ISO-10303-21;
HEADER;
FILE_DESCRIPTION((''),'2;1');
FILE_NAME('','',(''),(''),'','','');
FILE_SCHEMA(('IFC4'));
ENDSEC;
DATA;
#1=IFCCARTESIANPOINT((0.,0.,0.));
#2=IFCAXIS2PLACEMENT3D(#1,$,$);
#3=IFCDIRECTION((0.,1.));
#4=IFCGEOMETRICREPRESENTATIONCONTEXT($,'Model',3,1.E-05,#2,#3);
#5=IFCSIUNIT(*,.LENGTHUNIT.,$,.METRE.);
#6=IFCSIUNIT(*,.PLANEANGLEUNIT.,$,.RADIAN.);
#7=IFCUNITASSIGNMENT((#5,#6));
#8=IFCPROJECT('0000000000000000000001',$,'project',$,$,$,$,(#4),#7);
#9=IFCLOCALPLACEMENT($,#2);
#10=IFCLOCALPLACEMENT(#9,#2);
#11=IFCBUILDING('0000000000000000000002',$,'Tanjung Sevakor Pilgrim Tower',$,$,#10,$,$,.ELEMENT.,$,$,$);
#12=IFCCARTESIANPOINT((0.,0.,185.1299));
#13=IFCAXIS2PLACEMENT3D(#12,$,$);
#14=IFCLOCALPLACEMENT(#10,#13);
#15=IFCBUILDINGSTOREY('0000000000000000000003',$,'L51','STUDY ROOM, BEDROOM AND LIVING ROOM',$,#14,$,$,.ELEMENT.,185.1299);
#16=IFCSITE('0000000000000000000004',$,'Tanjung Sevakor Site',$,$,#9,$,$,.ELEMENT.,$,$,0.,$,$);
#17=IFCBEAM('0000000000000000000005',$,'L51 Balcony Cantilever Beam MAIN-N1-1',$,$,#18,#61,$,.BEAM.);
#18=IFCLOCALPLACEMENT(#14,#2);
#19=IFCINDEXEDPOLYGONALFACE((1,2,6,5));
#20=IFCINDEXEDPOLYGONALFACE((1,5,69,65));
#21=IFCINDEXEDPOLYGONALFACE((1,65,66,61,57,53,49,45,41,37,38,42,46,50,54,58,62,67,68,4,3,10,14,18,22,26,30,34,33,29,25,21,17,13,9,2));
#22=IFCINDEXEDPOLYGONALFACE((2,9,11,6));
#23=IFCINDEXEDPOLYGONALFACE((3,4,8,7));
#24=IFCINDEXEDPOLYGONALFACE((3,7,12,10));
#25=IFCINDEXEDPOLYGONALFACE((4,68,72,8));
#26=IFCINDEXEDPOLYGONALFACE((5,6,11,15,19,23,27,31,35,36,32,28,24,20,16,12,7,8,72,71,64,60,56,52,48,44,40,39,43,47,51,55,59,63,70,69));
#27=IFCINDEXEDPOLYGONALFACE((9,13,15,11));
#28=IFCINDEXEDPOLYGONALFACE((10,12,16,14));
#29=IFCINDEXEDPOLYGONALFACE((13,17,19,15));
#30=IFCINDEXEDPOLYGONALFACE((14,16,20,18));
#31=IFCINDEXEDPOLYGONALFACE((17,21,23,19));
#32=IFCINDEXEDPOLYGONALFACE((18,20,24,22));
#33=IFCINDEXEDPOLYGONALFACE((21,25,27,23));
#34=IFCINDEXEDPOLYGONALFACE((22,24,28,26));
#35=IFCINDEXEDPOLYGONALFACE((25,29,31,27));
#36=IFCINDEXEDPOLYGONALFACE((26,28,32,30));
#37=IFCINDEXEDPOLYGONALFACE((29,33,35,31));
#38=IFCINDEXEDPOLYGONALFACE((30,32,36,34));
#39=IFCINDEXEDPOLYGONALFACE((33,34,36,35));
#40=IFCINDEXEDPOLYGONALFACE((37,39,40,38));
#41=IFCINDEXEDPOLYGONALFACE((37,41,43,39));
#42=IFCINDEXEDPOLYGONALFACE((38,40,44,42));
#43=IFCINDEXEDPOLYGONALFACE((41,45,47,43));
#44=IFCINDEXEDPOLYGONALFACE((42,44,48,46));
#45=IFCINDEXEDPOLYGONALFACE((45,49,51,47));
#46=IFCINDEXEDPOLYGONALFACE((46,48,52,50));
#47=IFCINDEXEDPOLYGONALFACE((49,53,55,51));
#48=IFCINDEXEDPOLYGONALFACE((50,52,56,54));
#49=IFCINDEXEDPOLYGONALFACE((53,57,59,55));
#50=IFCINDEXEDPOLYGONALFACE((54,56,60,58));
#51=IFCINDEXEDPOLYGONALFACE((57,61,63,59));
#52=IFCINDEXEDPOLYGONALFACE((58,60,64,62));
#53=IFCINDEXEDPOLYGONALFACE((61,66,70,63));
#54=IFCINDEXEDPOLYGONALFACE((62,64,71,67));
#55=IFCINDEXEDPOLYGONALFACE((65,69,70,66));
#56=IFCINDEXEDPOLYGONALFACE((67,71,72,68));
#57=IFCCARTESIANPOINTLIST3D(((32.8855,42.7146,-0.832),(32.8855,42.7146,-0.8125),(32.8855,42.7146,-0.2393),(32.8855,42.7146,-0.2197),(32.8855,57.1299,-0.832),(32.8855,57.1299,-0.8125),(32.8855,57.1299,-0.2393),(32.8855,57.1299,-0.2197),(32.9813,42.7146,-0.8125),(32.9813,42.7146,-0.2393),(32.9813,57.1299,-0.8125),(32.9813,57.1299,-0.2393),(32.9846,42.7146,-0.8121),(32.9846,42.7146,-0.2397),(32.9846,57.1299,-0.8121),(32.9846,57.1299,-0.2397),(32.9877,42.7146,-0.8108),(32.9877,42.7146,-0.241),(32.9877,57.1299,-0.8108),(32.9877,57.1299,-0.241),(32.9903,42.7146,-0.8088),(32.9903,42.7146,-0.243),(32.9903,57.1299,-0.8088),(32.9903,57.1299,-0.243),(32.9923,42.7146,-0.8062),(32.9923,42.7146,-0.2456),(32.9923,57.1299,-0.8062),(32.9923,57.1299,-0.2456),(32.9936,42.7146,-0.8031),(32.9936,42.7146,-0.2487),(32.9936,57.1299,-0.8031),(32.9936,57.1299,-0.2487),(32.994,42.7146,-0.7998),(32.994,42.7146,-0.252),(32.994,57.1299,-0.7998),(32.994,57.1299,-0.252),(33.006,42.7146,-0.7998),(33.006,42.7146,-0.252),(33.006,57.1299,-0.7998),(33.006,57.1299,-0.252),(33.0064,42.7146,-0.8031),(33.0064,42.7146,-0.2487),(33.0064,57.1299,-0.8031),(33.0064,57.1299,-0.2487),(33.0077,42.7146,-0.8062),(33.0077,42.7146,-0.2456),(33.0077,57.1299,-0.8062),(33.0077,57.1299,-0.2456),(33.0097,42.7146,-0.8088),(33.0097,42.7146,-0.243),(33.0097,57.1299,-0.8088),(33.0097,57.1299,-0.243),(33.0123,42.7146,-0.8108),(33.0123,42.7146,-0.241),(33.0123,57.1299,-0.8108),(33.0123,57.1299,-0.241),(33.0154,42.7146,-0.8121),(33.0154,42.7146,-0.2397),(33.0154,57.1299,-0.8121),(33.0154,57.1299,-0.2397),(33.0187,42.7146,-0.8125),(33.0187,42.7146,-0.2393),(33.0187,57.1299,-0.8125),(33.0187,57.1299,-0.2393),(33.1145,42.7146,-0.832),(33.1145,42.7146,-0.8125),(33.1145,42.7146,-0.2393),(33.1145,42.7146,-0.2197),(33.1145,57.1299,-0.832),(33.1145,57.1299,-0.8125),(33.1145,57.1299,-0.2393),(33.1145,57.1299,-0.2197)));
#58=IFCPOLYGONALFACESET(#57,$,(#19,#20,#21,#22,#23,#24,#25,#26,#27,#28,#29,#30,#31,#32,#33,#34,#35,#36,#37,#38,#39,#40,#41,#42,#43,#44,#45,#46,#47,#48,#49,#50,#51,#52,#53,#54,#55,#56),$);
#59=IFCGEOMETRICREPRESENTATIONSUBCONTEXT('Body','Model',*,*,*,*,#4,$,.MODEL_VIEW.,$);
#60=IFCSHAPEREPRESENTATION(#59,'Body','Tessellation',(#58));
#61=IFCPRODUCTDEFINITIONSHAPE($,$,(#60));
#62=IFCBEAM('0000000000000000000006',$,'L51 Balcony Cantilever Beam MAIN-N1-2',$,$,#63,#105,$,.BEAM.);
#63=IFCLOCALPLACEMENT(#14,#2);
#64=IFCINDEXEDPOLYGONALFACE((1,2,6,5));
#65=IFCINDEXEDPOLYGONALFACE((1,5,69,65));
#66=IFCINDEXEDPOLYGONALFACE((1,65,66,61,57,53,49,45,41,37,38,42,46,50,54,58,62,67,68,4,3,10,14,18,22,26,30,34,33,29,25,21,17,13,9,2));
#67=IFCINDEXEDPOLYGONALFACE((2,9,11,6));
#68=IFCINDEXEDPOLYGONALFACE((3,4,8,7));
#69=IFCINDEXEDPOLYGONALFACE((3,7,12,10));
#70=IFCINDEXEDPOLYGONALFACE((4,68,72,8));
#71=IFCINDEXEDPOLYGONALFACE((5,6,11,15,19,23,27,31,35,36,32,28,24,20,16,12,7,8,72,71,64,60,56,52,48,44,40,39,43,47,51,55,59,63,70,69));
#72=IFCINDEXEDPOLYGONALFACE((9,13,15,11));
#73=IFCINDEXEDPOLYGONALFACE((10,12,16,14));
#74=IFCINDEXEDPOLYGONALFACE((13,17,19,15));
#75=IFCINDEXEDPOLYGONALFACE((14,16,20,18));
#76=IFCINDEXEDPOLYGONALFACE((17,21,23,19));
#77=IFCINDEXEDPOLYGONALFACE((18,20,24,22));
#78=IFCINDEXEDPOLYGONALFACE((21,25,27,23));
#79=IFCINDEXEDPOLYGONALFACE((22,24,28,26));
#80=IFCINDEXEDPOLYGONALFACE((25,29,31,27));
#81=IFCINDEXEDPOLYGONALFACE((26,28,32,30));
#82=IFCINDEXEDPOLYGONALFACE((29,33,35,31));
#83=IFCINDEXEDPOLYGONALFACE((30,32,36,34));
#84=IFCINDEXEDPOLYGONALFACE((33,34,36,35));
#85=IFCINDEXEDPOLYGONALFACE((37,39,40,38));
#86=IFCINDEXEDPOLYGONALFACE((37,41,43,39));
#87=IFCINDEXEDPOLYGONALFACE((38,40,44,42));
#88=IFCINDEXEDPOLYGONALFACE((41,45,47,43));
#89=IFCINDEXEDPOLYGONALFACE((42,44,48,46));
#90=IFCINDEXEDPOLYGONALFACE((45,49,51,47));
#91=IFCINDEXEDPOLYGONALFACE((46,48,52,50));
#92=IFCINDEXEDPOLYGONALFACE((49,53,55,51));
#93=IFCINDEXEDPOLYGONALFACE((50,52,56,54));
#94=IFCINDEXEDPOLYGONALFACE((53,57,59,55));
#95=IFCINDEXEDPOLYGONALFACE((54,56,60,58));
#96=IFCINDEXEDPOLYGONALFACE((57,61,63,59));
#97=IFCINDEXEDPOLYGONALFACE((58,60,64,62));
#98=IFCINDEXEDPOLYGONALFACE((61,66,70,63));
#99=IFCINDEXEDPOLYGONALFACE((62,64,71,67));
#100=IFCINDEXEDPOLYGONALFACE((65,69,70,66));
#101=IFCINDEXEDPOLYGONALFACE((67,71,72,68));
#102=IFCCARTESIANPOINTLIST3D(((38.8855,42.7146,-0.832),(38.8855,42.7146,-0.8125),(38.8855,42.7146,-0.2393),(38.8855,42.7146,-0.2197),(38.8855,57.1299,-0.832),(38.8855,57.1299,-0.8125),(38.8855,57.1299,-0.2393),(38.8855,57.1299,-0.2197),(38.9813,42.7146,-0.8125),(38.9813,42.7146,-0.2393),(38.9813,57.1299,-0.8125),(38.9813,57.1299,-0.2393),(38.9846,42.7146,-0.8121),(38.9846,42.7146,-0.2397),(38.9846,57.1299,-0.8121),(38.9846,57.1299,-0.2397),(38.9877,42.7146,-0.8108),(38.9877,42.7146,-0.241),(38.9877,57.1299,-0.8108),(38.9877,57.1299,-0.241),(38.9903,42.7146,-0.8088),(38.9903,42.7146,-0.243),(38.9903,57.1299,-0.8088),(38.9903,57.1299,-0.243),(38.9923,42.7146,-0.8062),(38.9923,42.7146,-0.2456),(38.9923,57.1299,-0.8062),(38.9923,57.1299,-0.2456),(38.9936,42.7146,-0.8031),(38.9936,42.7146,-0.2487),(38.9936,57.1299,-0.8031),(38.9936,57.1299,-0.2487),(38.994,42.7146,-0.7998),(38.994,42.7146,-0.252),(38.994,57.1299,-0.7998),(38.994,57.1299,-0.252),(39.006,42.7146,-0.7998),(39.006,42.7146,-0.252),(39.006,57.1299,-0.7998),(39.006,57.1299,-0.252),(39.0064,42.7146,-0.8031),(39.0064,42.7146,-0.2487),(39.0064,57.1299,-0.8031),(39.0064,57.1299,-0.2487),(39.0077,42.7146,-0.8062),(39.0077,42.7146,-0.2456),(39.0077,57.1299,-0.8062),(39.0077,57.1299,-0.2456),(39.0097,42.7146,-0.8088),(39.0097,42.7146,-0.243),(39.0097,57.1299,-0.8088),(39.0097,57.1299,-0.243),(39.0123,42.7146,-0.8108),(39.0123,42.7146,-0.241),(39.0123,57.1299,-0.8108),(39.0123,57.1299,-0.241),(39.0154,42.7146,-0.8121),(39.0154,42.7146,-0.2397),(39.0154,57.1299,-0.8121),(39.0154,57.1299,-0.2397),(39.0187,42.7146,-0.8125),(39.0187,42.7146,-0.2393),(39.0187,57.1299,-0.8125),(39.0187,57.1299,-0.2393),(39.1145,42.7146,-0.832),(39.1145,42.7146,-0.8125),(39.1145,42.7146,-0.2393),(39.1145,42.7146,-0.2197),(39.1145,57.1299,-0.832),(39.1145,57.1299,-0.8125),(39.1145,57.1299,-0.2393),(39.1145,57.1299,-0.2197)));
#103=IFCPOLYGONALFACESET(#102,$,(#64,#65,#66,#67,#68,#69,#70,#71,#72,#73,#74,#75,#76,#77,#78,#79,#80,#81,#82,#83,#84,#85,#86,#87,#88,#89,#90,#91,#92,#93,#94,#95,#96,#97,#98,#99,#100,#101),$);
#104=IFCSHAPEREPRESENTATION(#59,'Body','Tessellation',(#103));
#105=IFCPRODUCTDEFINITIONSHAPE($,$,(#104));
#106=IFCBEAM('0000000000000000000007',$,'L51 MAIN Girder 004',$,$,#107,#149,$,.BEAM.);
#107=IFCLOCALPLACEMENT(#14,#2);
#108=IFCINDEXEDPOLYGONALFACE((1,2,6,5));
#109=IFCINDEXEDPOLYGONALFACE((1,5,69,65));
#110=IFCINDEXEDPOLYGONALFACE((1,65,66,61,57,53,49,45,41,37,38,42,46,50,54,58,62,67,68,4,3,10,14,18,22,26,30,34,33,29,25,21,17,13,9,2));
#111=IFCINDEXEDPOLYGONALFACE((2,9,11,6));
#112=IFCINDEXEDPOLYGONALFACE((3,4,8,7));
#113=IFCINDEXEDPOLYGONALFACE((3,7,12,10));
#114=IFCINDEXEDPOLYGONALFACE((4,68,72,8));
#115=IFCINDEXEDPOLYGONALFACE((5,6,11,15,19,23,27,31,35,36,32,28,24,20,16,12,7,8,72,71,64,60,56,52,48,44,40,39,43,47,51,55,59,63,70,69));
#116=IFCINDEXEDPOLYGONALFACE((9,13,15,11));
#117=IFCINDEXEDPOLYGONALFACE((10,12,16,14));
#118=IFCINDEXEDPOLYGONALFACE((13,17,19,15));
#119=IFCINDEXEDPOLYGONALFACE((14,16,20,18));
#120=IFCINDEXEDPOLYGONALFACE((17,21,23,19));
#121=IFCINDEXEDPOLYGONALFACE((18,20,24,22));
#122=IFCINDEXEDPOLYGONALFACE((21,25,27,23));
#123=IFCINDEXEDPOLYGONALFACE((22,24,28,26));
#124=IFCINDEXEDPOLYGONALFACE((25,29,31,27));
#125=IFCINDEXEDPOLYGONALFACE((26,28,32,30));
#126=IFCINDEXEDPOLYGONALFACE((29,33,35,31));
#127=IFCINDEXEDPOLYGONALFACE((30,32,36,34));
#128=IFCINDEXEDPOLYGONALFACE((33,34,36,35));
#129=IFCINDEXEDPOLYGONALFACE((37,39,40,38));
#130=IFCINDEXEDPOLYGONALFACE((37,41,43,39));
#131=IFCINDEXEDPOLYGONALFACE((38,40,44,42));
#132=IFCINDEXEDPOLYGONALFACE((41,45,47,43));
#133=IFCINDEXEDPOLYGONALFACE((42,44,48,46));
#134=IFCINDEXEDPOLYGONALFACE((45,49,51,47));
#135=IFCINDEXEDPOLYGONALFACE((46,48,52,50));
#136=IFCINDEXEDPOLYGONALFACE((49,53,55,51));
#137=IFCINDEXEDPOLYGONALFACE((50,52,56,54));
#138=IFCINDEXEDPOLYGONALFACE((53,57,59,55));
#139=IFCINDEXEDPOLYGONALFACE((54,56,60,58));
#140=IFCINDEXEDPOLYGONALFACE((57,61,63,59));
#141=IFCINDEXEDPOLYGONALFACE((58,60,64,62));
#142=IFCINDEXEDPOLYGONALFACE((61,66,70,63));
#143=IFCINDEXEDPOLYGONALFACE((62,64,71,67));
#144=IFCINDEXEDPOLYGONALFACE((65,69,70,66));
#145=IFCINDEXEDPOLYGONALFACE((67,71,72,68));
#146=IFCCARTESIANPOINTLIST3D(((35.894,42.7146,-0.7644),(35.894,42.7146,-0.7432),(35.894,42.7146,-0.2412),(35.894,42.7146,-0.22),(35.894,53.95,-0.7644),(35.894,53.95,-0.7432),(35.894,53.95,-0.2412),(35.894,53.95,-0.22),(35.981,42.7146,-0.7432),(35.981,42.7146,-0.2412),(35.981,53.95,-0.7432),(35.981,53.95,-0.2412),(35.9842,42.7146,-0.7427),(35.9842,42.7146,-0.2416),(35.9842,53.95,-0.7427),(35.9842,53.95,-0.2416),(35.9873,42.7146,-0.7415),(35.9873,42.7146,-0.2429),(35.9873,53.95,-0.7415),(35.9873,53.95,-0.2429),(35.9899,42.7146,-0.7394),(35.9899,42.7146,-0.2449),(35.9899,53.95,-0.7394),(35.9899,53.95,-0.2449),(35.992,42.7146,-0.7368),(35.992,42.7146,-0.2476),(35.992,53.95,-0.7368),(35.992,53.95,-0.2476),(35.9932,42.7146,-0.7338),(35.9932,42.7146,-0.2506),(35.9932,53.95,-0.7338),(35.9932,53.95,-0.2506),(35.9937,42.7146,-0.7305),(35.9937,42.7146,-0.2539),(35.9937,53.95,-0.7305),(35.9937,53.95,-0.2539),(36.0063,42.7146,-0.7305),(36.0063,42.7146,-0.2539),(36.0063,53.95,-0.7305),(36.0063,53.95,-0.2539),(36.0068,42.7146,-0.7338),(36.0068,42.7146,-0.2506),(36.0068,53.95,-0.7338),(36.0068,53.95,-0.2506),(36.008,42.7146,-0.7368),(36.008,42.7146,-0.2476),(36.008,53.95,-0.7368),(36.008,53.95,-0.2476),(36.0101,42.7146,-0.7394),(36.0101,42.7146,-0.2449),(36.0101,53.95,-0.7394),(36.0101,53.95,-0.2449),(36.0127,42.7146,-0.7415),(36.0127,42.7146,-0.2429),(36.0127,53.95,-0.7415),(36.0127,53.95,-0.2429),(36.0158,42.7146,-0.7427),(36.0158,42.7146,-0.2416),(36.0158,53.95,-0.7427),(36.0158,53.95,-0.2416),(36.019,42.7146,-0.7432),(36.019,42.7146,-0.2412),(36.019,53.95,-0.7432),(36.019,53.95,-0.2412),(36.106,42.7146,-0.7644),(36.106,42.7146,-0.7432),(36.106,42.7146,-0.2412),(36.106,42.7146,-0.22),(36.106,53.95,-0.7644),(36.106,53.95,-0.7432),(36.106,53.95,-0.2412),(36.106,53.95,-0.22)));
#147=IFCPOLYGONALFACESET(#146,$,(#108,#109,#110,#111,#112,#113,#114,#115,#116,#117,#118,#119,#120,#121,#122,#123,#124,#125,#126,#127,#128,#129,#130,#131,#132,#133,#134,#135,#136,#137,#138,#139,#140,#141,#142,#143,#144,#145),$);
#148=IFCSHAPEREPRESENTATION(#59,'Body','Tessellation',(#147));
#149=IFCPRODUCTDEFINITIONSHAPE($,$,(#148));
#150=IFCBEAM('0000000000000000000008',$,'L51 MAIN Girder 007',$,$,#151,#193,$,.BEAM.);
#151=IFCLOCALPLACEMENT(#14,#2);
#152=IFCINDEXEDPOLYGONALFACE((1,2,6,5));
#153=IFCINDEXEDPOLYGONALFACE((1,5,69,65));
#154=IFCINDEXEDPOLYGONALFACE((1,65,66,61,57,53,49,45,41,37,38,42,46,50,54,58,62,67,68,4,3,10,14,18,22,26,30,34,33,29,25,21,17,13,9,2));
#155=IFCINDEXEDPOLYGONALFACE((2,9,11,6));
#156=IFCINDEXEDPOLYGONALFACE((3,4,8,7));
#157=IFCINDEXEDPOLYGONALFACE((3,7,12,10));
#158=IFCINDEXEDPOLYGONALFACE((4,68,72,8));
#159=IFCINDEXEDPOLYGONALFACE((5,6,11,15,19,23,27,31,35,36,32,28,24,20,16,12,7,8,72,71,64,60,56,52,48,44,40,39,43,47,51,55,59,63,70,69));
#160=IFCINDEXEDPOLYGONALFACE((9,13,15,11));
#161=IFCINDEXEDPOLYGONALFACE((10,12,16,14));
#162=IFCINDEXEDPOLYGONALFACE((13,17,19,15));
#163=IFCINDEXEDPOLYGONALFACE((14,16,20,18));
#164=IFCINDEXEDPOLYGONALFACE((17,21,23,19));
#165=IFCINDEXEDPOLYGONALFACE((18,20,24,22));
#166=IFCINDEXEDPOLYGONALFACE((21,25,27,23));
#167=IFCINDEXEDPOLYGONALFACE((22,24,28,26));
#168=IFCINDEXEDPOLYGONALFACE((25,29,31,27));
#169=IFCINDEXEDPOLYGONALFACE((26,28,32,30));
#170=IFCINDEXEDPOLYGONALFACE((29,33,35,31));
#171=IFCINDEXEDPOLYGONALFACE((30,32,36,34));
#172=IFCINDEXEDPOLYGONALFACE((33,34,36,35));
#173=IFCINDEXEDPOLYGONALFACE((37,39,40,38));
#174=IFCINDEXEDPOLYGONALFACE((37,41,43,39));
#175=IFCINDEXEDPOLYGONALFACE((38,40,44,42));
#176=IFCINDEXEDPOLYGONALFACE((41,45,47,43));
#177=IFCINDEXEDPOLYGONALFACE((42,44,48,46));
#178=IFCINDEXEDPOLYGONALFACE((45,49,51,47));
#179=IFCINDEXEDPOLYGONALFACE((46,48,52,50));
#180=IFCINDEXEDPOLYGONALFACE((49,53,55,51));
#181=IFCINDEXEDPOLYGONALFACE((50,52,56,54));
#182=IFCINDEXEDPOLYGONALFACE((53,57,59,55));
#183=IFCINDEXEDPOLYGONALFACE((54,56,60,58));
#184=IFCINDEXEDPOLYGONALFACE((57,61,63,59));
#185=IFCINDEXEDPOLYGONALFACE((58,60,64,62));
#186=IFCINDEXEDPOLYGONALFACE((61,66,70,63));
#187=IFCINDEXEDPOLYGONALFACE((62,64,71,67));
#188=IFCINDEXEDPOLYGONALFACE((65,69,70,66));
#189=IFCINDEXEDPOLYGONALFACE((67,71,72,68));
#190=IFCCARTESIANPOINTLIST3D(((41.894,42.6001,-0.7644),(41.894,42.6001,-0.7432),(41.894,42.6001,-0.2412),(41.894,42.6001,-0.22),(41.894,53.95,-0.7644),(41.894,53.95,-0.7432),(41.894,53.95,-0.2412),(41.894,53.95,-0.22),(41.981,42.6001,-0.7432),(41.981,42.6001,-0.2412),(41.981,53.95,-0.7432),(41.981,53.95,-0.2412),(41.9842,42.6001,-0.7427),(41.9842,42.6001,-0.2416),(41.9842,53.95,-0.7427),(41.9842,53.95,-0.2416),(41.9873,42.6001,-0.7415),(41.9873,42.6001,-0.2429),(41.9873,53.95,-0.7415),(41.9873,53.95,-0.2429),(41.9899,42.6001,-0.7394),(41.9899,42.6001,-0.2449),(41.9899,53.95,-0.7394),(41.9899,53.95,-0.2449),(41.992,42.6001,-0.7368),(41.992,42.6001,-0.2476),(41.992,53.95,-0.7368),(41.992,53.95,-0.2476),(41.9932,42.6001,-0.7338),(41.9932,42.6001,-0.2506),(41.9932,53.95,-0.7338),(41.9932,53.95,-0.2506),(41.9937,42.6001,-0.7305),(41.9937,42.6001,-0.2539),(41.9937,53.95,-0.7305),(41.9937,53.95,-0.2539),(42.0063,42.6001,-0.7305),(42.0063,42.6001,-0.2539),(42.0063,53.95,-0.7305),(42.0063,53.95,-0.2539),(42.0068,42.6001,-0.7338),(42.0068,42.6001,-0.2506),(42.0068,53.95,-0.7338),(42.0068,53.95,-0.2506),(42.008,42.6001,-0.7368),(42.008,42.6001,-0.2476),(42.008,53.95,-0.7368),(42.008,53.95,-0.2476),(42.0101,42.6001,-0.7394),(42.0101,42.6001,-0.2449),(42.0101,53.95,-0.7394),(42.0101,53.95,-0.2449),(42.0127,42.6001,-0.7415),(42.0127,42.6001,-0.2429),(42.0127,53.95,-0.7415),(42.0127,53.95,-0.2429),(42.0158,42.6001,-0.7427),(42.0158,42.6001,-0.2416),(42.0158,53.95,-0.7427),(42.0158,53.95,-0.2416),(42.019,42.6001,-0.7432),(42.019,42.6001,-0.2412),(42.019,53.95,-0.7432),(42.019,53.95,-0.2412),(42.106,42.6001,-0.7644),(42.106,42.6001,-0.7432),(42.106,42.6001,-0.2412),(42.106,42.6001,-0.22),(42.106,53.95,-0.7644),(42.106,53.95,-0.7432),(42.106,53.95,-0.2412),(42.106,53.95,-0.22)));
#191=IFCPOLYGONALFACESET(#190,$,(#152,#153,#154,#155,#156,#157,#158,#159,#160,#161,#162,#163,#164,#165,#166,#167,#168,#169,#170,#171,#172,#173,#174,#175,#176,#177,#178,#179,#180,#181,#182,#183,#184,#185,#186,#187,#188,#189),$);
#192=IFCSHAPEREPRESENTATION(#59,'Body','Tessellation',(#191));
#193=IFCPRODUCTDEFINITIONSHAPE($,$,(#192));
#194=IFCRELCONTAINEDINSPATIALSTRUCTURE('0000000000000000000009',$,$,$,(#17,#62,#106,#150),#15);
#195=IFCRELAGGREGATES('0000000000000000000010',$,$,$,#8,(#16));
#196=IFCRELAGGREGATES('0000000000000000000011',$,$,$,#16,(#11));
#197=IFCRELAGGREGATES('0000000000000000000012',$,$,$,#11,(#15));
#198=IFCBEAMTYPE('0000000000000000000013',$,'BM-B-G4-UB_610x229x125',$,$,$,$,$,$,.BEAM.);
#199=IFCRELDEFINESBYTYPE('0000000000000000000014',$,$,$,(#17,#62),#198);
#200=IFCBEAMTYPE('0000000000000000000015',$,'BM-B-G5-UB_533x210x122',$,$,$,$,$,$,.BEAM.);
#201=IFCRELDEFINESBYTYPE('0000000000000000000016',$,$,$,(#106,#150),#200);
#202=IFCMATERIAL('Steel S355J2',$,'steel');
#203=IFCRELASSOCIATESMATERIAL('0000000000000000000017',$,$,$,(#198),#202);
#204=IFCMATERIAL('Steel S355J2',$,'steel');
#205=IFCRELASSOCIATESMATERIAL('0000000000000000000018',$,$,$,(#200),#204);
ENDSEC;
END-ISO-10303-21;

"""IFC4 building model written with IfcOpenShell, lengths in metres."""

from ifc_helpers import new_model, si_unit, direction, frame, origin, origin_2d, place, context, subcontext, project, spatial, i_section, extrude, material, material_profile, profile_set, type_object, element, save


model = new_model("IFC4")

# Units and contexts
model_context = context("Model", 3, precision=1e-05, world=origin(), true_north=direction((0.0, 1.0)))
body_context = subcontext(model_context, "Body", "Model", "MODEL_VIEW")
ifc_project = project(units=[si_unit("LENGTHUNIT", "METRE"), si_unit("PLANEANGLEUNIT", "RADIAN")], contexts=[model_context])

# Site, building, storey
site_placement = place(None, origin())
site = spatial("IfcSite", under=ifc_project, at=site_placement, Name="Tanjung Sevakor Site", CompositionType="ELEMENT", RefElevation=0.0)
building_placement = place(site_placement, origin())
building = spatial("IfcBuilding", under=site, at=building_placement, Name="Tanjung Sevakor Pilgrim Tower", CompositionType="ELEMENT")
storey_placement = place(building_placement, frame((0.0, 0.0, 185.1299)))
storey = spatial("IfcBuildingStorey", under=building, at=storey_placement, Name="L51", Description="STUDY ROOM, BEDROOM AND LIVING ROOM", CompositionType="ELEMENT", Elevation=185.1299)

# Beams
ifc_material_1 = material(Name="Steel S355J2", Category="steel")
ifc_material_profile_1 = material_profile(ifc_material_1, i_section(OverallWidth=0.229, OverallDepth=0.6123, WebThickness=0.012, FlangeThickness=0.0195, FilletRadius=0.0127, at=origin_2d()))
ifc_profile_set_1 = profile_set([ifc_material_profile_1], Name="Steel S355J2")
beam_type_1 = type_object("IfcBeamType", Name="BM-B-G4-UB_610x229x125", PredefinedType="BEAM", material=ifc_profile_set_1)
for number, where, z_axis, x_axis, name in (
    (1, (33.0, 42.7146, -0.5259), (0.0, 1.0, 0.0), (-1.0, 0.0, 0.0), "L51 Balcony Cantilever Beam MAIN-N1-1"),
    (2, (39.0, 42.7146, -0.5259), (0.0, 1.0, 0.0), (-1.0, 0.0, 0.0), "L51 Balcony Cantilever Beam MAIN-N1-2"),
):
    element("IfcBeam", number, at=place(storey_placement, frame(where, z_axis=z_axis, x_axis=x_axis)), inside=storey, type_object=beam_type_1, Name=name, PredefinedType="BEAM", context=body_context, shape_type="SweptSolid", body=[
        extrude(i_section(OverallWidth=0.229, OverallDepth=0.6123, WebThickness=0.012, FlangeThickness=0.0195, FilletRadius=0.0127, at=origin_2d()), origin(), (0.0, 0.0, 1.0), 14.4153),
    ])
ifc_material_2 = material(Name="Steel S355J2", Category="steel")
ifc_material_profile_2 = material_profile(ifc_material_2, i_section(OverallWidth=0.2119, OverallDepth=0.5444, WebThickness=0.0127, FlangeThickness=0.0212, FilletRadius=0.0127, at=origin_2d()))
ifc_profile_set_2 = profile_set([ifc_material_profile_2], Name="Steel S355J2")
beam_type_2 = type_object("IfcBeamType", Name="BM-B-G5-UB_533x210x122", PredefinedType="BEAM", material=ifc_profile_set_2)
beam_1_placement = place(storey_placement, frame((36.0, 42.7146, -0.4922), z_axis=(0.0, 1.0, 0.0), x_axis=(-1.0, 0.0, 0.0)))
element("IfcBeam", 3, at=beam_1_placement, inside=storey, type_object=beam_type_2, Name="L51 MAIN Girder 004", PredefinedType="BEAM", context=body_context, shape_type="SweptSolid", body=[
    extrude(i_section(OverallWidth=0.2119, OverallDepth=0.5444, WebThickness=0.0127, FlangeThickness=0.0212, FilletRadius=0.0127, at=origin_2d()), origin(), (0.0, 0.0, 1.0), 11.2354),
])
beam_2_placement = place(storey_placement, frame((42.0, 42.6001, -0.4922), z_axis=(0.0, 1.0, 0.0), x_axis=(-1.0, 0.0, 0.0)))
element("IfcBeam", 4, at=beam_2_placement, inside=storey, type_object=beam_type_2, Name="L51 MAIN Girder 007", PredefinedType="BEAM", context=body_context, shape_type="SweptSolid", body=[
    extrude(i_section(OverallWidth=0.2119, OverallDepth=0.5444, WebThickness=0.0127, FlangeThickness=0.0212, FilletRadius=0.0127, at=origin_2d()), origin(), (0.0, 0.0, 1.0), 11.3499),
])

save(model, "model.ifc")
